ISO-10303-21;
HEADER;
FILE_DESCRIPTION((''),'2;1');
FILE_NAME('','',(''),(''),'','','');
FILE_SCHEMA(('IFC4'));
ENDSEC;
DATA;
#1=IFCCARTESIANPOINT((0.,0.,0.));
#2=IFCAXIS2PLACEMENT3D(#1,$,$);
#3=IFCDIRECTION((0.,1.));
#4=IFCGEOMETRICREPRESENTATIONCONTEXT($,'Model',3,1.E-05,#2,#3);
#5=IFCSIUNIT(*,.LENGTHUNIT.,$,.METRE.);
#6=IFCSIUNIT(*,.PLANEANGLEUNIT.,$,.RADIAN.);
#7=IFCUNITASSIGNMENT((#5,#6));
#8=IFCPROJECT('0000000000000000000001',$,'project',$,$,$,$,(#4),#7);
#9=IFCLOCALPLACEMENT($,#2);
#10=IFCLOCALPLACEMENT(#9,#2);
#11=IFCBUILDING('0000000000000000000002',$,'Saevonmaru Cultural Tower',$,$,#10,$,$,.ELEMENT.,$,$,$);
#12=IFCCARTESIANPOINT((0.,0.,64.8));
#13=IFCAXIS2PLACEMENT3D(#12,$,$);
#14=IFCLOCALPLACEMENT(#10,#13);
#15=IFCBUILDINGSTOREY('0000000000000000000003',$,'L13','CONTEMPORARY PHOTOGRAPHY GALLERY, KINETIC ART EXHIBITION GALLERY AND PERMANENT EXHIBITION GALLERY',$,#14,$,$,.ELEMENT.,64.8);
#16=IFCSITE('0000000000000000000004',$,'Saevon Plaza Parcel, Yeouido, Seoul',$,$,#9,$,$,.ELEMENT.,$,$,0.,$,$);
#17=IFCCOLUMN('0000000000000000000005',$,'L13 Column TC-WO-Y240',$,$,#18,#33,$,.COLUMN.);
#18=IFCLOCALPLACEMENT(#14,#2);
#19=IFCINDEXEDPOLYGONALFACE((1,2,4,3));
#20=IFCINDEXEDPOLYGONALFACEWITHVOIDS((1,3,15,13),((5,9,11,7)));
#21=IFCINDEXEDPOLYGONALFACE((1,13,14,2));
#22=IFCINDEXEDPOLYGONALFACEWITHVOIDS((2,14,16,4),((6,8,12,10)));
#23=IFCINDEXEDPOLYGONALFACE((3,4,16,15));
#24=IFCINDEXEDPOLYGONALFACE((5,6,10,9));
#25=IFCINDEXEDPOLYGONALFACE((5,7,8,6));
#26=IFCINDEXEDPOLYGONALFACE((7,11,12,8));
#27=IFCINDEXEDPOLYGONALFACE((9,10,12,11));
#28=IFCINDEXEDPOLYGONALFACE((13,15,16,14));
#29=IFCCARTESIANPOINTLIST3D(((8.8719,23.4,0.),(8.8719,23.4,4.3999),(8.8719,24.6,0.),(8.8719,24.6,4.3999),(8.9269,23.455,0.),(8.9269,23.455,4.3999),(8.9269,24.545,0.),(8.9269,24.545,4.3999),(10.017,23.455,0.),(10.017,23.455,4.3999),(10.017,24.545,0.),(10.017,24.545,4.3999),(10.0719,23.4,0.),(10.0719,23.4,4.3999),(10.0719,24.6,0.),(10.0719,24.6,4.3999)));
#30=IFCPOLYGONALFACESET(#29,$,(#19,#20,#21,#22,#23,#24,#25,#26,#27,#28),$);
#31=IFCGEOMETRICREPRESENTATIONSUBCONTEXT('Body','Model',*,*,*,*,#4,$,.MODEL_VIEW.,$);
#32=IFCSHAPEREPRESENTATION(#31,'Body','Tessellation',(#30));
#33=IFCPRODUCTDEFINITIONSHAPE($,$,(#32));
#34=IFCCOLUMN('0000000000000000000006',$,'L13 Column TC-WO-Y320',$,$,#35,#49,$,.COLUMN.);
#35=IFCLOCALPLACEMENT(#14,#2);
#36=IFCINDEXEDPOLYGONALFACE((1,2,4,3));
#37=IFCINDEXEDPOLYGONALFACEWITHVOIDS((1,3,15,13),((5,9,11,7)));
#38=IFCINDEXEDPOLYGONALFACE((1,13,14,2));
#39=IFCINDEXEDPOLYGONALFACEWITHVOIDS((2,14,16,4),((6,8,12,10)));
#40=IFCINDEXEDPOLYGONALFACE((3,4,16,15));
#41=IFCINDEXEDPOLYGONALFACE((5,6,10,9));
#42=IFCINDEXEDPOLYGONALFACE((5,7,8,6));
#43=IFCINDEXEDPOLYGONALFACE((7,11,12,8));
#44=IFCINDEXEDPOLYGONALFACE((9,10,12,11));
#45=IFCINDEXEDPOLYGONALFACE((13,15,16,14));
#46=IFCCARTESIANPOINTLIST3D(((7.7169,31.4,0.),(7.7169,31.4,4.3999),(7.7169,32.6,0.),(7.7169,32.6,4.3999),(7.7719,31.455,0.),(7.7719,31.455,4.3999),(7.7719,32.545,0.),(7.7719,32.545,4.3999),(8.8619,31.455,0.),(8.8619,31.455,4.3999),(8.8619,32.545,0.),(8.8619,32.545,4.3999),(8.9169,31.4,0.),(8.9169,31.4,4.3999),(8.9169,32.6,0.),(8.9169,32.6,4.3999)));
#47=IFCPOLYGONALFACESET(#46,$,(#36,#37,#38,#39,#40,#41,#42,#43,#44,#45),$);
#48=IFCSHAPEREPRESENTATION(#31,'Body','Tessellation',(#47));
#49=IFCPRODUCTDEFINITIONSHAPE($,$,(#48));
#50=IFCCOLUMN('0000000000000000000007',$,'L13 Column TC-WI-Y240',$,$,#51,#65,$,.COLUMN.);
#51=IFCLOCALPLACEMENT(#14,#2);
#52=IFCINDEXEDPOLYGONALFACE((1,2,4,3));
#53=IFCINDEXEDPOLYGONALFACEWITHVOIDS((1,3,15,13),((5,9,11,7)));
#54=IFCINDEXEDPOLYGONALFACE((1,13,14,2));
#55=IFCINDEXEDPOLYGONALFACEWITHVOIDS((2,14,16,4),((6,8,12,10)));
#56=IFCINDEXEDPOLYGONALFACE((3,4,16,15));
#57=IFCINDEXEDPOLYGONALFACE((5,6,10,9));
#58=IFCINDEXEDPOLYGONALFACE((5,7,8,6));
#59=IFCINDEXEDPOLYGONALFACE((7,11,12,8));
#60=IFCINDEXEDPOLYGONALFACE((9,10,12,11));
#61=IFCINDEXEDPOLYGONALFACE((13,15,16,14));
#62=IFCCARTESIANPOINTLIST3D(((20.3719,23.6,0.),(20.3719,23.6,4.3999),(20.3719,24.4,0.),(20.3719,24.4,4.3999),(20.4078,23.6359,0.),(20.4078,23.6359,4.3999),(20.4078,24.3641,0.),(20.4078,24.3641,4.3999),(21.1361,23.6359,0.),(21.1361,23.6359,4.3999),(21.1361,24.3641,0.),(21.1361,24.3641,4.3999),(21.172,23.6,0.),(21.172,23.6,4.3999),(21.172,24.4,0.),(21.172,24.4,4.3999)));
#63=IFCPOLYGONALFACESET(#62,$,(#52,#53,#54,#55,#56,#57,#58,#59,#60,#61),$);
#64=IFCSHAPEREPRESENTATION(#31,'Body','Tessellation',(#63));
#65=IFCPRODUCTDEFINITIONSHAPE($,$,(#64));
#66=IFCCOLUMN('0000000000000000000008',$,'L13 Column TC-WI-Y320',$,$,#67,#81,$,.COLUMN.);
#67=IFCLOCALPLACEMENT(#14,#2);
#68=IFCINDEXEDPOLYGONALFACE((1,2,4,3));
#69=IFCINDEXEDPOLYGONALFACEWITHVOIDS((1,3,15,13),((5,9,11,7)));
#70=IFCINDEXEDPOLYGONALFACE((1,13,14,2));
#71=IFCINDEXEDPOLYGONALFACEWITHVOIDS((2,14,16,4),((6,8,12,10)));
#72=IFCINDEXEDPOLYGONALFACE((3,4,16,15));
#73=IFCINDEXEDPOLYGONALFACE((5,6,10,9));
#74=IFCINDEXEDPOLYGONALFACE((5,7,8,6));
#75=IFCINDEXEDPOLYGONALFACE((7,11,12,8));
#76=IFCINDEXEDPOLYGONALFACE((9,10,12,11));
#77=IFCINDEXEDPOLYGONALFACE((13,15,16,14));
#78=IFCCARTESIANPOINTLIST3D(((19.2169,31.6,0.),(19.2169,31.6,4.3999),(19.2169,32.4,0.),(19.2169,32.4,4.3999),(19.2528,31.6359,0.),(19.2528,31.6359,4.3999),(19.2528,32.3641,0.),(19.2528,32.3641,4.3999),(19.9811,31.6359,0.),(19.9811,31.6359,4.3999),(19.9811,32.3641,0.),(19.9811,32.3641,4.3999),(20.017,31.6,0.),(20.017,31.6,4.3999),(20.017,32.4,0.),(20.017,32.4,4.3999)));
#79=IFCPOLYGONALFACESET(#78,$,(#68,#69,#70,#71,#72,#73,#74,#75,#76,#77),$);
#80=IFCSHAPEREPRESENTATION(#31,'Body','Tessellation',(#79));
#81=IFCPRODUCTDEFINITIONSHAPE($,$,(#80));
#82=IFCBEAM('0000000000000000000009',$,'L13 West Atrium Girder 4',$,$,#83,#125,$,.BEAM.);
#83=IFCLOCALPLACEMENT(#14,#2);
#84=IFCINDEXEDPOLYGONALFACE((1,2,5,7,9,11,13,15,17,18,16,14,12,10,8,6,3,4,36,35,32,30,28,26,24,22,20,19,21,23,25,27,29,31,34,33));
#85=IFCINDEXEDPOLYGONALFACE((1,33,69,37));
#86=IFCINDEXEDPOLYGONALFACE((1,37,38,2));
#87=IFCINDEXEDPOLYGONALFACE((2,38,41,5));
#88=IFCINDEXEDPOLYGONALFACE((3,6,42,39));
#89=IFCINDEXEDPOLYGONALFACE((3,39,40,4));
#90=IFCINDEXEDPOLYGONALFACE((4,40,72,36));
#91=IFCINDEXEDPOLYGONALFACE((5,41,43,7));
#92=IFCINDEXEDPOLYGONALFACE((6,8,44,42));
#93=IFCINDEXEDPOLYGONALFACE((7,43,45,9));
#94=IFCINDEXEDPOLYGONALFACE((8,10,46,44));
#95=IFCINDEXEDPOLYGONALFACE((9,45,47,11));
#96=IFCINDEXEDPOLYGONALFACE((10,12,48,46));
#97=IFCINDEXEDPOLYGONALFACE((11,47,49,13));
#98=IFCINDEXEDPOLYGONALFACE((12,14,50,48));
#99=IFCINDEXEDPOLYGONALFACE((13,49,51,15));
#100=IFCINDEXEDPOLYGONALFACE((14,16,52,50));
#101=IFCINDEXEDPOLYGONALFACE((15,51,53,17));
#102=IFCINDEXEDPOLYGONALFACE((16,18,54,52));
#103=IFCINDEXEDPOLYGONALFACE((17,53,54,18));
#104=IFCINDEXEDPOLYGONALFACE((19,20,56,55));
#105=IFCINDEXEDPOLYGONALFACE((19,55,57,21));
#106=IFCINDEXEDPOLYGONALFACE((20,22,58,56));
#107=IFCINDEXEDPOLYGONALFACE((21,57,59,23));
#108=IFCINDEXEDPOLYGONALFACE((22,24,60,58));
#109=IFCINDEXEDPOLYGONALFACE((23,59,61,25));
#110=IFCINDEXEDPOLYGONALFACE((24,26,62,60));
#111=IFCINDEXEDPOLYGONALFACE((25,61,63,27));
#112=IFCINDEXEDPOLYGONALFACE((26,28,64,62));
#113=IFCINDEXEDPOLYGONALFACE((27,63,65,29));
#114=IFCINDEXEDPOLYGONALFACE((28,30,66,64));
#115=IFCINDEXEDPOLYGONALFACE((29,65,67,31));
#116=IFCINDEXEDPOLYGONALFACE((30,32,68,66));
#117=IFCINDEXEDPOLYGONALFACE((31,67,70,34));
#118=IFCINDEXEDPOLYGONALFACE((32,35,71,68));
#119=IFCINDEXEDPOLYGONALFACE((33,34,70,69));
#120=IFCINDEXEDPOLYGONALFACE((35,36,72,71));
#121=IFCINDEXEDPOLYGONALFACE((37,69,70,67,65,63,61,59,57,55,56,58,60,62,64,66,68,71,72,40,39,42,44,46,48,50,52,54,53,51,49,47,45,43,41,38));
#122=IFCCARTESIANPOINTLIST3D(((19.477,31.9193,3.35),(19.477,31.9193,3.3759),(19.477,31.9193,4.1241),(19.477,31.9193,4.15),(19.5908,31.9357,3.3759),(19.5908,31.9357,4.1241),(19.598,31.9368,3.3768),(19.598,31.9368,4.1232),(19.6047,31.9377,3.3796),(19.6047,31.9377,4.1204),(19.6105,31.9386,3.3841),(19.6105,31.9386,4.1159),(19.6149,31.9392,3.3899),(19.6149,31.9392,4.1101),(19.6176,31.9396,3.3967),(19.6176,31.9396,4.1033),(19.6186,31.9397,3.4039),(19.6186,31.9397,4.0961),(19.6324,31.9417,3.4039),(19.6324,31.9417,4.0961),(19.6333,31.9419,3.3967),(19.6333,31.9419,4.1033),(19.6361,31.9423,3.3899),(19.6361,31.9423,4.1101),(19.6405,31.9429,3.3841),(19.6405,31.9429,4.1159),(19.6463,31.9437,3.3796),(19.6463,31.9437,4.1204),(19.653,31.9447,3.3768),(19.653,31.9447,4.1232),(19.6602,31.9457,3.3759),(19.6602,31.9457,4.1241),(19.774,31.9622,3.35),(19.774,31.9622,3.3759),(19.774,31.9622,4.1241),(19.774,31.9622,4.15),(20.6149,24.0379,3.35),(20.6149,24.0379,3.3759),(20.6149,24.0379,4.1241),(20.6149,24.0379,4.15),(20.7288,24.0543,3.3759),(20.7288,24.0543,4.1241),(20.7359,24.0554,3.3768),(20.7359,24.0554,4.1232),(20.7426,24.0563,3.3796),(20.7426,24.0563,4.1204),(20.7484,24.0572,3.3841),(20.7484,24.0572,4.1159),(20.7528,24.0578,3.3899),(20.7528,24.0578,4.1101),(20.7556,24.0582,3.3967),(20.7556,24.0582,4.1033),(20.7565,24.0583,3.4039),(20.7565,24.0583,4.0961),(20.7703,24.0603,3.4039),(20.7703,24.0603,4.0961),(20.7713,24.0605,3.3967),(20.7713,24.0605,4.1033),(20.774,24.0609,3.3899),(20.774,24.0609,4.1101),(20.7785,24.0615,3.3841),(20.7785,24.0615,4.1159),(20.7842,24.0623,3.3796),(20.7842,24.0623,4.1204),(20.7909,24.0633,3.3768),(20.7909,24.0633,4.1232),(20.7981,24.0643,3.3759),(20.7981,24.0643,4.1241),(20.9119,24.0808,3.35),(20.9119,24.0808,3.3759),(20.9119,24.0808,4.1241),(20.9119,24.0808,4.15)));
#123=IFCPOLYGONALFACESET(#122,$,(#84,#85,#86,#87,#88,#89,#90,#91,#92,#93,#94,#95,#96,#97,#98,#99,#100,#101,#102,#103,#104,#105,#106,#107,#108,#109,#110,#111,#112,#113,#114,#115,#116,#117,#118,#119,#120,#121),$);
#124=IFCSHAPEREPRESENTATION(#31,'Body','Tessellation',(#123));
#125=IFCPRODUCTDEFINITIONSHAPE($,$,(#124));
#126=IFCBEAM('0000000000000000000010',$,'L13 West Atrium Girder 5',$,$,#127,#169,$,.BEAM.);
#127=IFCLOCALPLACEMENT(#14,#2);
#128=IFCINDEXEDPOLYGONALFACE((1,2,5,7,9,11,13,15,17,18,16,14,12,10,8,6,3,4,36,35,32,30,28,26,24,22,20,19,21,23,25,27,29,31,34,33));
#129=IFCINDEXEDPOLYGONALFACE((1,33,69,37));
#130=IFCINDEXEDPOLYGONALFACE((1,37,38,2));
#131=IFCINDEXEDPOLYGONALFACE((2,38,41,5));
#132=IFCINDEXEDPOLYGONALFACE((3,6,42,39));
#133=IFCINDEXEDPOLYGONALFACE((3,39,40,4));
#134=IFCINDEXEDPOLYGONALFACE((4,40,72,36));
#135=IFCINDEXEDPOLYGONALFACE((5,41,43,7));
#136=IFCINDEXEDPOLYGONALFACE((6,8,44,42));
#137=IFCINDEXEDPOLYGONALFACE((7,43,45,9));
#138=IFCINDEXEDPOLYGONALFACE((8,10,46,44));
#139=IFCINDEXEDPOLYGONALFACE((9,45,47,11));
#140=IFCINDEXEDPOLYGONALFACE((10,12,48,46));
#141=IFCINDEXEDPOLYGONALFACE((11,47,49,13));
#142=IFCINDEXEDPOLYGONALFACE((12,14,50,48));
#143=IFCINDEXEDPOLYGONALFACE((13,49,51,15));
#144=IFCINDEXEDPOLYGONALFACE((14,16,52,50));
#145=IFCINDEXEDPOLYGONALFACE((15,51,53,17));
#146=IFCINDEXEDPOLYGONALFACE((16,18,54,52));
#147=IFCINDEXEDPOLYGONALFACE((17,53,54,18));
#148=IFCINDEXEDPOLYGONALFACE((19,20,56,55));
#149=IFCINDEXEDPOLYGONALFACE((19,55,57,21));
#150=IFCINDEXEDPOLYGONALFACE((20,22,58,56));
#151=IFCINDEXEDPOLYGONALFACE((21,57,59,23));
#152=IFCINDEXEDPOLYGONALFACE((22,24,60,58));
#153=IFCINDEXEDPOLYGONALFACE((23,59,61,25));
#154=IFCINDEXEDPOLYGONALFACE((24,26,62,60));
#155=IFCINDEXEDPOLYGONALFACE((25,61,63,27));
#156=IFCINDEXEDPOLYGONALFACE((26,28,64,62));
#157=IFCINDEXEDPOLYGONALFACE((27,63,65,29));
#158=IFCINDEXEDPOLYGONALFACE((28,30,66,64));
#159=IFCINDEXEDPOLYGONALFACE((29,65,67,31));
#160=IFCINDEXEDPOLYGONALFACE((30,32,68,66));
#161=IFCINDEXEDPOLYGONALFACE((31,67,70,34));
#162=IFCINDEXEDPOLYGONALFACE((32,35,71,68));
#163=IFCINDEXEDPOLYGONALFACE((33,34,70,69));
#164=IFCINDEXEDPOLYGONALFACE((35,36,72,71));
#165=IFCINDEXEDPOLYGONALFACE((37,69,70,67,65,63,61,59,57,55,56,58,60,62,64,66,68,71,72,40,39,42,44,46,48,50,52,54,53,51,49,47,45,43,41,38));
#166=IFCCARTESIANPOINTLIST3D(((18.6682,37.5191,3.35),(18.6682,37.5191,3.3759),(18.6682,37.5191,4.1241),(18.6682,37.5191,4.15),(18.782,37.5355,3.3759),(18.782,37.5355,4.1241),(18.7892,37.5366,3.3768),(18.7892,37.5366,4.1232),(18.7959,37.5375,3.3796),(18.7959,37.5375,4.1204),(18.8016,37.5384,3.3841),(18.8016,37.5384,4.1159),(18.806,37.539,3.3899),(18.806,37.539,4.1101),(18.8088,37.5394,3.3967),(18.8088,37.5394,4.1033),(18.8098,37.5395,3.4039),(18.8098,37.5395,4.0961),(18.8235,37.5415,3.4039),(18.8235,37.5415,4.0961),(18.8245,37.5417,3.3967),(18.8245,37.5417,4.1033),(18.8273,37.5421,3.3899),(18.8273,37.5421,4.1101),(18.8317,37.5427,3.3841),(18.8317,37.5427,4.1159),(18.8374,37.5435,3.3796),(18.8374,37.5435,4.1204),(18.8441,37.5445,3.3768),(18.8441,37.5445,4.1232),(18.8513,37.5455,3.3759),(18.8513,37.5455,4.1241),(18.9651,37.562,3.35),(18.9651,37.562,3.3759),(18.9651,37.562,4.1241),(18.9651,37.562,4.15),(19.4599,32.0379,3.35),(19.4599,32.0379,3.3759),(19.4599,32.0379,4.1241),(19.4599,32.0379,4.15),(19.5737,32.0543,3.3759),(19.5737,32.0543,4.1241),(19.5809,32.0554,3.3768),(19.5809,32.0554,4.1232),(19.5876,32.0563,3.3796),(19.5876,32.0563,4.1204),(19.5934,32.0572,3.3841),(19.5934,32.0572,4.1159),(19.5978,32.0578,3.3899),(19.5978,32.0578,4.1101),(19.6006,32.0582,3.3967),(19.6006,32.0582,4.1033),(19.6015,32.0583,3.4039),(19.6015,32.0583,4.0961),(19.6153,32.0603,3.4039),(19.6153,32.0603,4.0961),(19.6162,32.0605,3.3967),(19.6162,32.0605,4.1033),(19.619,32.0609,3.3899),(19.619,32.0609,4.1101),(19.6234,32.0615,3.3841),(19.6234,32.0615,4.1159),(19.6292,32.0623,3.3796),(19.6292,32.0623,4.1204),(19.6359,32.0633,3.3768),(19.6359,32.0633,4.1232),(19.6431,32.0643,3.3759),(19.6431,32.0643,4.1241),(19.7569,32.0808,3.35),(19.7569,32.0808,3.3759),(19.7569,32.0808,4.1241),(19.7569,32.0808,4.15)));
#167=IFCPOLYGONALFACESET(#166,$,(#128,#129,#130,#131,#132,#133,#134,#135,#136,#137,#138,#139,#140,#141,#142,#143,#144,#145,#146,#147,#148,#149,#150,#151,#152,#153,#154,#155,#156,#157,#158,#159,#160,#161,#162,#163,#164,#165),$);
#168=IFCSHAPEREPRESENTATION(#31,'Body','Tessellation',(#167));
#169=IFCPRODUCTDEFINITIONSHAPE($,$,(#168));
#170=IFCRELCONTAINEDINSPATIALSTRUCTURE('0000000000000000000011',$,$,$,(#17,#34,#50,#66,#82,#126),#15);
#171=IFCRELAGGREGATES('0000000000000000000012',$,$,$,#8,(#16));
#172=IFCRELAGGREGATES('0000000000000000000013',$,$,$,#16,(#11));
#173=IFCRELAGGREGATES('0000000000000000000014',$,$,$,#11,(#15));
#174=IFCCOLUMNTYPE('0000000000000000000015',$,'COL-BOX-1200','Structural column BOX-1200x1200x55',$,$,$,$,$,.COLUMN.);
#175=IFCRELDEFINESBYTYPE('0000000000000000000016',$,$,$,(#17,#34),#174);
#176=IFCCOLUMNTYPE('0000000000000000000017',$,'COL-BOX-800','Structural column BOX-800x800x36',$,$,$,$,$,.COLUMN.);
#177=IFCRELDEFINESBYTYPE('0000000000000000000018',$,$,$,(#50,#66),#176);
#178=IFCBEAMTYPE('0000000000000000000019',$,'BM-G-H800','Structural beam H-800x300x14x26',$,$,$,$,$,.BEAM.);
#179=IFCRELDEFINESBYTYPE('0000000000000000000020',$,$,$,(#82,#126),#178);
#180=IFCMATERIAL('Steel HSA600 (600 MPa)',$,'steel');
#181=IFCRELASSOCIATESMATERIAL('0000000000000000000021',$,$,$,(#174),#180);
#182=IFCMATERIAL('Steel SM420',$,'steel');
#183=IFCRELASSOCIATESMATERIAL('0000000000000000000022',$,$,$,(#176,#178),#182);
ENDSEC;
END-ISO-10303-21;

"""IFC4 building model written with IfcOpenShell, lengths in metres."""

from ifc_helpers import new_model, si_unit, direction, frame, origin, origin_2d, place, context, subcontext, project, spatial, hollow_rectangle, i_section, extrude, material, material_profile, profile_set, type_object, element, save


model = new_model("IFC4")

# Units and contexts
model_context = context("Model", 3, precision=1e-05, world=origin(), true_north=direction((0.0, 1.0)))
body_context = subcontext(model_context, "Body", "Model", "MODEL_VIEW")
ifc_project = project(units=[si_unit("LENGTHUNIT", "METRE"), si_unit("PLANEANGLEUNIT", "RADIAN")], contexts=[model_context])

# Site, building, storey
site_placement = place(None, origin())
site = spatial("IfcSite", under=ifc_project, at=site_placement, Name="Saevon Plaza Parcel, Yeouido, Seoul", CompositionType="ELEMENT", RefElevation=0.0)
building_placement = place(site_placement, origin())
building = spatial("IfcBuilding", under=site, at=building_placement, Name="Saevonmaru Cultural Tower", CompositionType="ELEMENT")
storey_placement = place(building_placement, frame((0.0, 0.0, 64.8)))
storey = spatial("IfcBuildingStorey", under=building, at=storey_placement, Name="L13", Description="CONTEMPORARY PHOTOGRAPHY GALLERY, KINETIC ART EXHIBITION GALLERY AND PERMANENT EXHIBITION GALLERY", CompositionType="ELEMENT", Elevation=64.8)

# Columns
ifc_material_1 = material(Name="Steel HSA600 (600 MPa)", Category="steel")
ifc_material_profile_1 = material_profile(ifc_material_1, hollow_rectangle(XDim=1.2, YDim=1.2, WallThickness=0.0549, at=origin_2d()), Name="BOX-1200x1200x55")
ifc_profile_set_1 = profile_set([ifc_material_profile_1], Name="Steel HSA600 (600 MPa)")
column_type_1 = type_object("IfcColumnType", Name="COL-BOX-1200", Description="Structural column BOX-1200x1200x55", PredefinedType="COLUMN", material=ifc_profile_set_1)
for number, where, z_axis, x_axis, name in (
    (1, (9.4719, 24.0, 0.0), (0.0, 0.0, 1.0), (1.0, 0.0, 0.0), "L13 Column TC-WO-Y240"),
    (2, (8.3169, 32.0, 0.0), (0.0, 0.0, 1.0), (1.0, 0.0, 0.0), "L13 Column TC-WO-Y320"),
):
    element("IfcColumn", number, at=place(storey_placement, frame(where, z_axis=z_axis, x_axis=x_axis)), inside=storey, type_object=column_type_1, Name=name, PredefinedType="COLUMN", context=body_context, shape_type="SweptSolid", body=[
        extrude(hollow_rectangle(XDim=1.2, YDim=1.2, WallThickness=0.0549, at=origin_2d()), origin(), (0.0, 0.0, 1.0), 4.3999),
    ])
ifc_material_2 = material(Name="Steel SM420", Category="steel")
ifc_material_profile_2 = material_profile(ifc_material_2, hollow_rectangle(XDim=0.8, YDim=0.8, WallThickness=0.0359, at=origin_2d()), Name="BOX-800x800x36")
ifc_profile_set_2 = profile_set([ifc_material_profile_2], Name="Steel SM420")
column_type_2 = type_object("IfcColumnType", Name="COL-BOX-800", Description="Structural column BOX-800x800x36", PredefinedType="COLUMN", material=ifc_profile_set_2)
for number, where, z_axis, x_axis, name in (
    (3, (20.772, 24.0, 0.0), (0.0, 0.0, 1.0), (1.0, 0.0, 0.0), "L13 Column TC-WI-Y240"),
    (4, (19.6169, 32.0, 0.0), (0.0, 0.0, 1.0), (1.0, 0.0, 0.0), "L13 Column TC-WI-Y320"),
):
    element("IfcColumn", number, at=place(storey_placement, frame(where, z_axis=z_axis, x_axis=x_axis)), inside=storey, type_object=column_type_2, Name=name, PredefinedType="COLUMN", context=body_context, shape_type="SweptSolid", body=[
        extrude(hollow_rectangle(XDim=0.8, YDim=0.8, WallThickness=0.0359, at=origin_2d()), origin(), (0.0, 0.0, 1.0), 4.3999),
    ])

# Beams
ifc_material_profile_3 = material_profile(ifc_material_2, i_section(OverallWidth=0.3, OverallDepth=0.8, WebThickness=0.0139, FlangeThickness=0.0259, FilletRadius=0.0281, at=origin_2d()), Name="H-800x300x14x26")
ifc_profile_set_3 = profile_set([ifc_material_profile_3], Name="Steel SM420")
beam_type_1 = type_object("IfcBeamType", Name="BM-G-H800", Description="Structural beam H-800x300x14x26", PredefinedType="BEAM", material=ifc_profile_set_3)
beam_1_placement = place(storey_placement, frame((20.7634, 24.0593, 3.75), z_axis=(-0.142902, 0.989737, 0.0), x_axis=(-0.989737, -0.142902, 0.0)))
element("IfcBeam", 5, at=beam_1_placement, inside=storey, type_object=beam_type_1, Name="L13 West Atrium Girder 4", PredefinedType="BEAM", context=body_context, shape_type="SweptSolid", body=[
    extrude(i_section(OverallWidth=0.3, OverallDepth=0.8, WebThickness=0.0139, FlangeThickness=0.0259, FilletRadius=0.0281, at=origin_2d()), origin(), (0.0, 0.0, 1.0), 7.9631),
])
beam_2_placement = place(storey_placement, frame((19.6084, 32.0593, 3.75), z_axis=(-0.142964, 0.989728, 0.0), x_axis=(-0.989728, -0.142964, 0.0)))
element("IfcBeam", 6, at=beam_2_placement, inside=storey, type_object=beam_type_1, Name="L13 West Atrium Girder 5", PredefinedType="BEAM", context=body_context, shape_type="SweptSolid", body=[
    extrude(i_section(OverallWidth=0.3, OverallDepth=0.8, WebThickness=0.0139, FlangeThickness=0.0259, FilletRadius=0.0281, at=origin_2d()), origin(), (0.0, 0.0, 1.0), 5.5381),
])

save(model, "model.ifc")
